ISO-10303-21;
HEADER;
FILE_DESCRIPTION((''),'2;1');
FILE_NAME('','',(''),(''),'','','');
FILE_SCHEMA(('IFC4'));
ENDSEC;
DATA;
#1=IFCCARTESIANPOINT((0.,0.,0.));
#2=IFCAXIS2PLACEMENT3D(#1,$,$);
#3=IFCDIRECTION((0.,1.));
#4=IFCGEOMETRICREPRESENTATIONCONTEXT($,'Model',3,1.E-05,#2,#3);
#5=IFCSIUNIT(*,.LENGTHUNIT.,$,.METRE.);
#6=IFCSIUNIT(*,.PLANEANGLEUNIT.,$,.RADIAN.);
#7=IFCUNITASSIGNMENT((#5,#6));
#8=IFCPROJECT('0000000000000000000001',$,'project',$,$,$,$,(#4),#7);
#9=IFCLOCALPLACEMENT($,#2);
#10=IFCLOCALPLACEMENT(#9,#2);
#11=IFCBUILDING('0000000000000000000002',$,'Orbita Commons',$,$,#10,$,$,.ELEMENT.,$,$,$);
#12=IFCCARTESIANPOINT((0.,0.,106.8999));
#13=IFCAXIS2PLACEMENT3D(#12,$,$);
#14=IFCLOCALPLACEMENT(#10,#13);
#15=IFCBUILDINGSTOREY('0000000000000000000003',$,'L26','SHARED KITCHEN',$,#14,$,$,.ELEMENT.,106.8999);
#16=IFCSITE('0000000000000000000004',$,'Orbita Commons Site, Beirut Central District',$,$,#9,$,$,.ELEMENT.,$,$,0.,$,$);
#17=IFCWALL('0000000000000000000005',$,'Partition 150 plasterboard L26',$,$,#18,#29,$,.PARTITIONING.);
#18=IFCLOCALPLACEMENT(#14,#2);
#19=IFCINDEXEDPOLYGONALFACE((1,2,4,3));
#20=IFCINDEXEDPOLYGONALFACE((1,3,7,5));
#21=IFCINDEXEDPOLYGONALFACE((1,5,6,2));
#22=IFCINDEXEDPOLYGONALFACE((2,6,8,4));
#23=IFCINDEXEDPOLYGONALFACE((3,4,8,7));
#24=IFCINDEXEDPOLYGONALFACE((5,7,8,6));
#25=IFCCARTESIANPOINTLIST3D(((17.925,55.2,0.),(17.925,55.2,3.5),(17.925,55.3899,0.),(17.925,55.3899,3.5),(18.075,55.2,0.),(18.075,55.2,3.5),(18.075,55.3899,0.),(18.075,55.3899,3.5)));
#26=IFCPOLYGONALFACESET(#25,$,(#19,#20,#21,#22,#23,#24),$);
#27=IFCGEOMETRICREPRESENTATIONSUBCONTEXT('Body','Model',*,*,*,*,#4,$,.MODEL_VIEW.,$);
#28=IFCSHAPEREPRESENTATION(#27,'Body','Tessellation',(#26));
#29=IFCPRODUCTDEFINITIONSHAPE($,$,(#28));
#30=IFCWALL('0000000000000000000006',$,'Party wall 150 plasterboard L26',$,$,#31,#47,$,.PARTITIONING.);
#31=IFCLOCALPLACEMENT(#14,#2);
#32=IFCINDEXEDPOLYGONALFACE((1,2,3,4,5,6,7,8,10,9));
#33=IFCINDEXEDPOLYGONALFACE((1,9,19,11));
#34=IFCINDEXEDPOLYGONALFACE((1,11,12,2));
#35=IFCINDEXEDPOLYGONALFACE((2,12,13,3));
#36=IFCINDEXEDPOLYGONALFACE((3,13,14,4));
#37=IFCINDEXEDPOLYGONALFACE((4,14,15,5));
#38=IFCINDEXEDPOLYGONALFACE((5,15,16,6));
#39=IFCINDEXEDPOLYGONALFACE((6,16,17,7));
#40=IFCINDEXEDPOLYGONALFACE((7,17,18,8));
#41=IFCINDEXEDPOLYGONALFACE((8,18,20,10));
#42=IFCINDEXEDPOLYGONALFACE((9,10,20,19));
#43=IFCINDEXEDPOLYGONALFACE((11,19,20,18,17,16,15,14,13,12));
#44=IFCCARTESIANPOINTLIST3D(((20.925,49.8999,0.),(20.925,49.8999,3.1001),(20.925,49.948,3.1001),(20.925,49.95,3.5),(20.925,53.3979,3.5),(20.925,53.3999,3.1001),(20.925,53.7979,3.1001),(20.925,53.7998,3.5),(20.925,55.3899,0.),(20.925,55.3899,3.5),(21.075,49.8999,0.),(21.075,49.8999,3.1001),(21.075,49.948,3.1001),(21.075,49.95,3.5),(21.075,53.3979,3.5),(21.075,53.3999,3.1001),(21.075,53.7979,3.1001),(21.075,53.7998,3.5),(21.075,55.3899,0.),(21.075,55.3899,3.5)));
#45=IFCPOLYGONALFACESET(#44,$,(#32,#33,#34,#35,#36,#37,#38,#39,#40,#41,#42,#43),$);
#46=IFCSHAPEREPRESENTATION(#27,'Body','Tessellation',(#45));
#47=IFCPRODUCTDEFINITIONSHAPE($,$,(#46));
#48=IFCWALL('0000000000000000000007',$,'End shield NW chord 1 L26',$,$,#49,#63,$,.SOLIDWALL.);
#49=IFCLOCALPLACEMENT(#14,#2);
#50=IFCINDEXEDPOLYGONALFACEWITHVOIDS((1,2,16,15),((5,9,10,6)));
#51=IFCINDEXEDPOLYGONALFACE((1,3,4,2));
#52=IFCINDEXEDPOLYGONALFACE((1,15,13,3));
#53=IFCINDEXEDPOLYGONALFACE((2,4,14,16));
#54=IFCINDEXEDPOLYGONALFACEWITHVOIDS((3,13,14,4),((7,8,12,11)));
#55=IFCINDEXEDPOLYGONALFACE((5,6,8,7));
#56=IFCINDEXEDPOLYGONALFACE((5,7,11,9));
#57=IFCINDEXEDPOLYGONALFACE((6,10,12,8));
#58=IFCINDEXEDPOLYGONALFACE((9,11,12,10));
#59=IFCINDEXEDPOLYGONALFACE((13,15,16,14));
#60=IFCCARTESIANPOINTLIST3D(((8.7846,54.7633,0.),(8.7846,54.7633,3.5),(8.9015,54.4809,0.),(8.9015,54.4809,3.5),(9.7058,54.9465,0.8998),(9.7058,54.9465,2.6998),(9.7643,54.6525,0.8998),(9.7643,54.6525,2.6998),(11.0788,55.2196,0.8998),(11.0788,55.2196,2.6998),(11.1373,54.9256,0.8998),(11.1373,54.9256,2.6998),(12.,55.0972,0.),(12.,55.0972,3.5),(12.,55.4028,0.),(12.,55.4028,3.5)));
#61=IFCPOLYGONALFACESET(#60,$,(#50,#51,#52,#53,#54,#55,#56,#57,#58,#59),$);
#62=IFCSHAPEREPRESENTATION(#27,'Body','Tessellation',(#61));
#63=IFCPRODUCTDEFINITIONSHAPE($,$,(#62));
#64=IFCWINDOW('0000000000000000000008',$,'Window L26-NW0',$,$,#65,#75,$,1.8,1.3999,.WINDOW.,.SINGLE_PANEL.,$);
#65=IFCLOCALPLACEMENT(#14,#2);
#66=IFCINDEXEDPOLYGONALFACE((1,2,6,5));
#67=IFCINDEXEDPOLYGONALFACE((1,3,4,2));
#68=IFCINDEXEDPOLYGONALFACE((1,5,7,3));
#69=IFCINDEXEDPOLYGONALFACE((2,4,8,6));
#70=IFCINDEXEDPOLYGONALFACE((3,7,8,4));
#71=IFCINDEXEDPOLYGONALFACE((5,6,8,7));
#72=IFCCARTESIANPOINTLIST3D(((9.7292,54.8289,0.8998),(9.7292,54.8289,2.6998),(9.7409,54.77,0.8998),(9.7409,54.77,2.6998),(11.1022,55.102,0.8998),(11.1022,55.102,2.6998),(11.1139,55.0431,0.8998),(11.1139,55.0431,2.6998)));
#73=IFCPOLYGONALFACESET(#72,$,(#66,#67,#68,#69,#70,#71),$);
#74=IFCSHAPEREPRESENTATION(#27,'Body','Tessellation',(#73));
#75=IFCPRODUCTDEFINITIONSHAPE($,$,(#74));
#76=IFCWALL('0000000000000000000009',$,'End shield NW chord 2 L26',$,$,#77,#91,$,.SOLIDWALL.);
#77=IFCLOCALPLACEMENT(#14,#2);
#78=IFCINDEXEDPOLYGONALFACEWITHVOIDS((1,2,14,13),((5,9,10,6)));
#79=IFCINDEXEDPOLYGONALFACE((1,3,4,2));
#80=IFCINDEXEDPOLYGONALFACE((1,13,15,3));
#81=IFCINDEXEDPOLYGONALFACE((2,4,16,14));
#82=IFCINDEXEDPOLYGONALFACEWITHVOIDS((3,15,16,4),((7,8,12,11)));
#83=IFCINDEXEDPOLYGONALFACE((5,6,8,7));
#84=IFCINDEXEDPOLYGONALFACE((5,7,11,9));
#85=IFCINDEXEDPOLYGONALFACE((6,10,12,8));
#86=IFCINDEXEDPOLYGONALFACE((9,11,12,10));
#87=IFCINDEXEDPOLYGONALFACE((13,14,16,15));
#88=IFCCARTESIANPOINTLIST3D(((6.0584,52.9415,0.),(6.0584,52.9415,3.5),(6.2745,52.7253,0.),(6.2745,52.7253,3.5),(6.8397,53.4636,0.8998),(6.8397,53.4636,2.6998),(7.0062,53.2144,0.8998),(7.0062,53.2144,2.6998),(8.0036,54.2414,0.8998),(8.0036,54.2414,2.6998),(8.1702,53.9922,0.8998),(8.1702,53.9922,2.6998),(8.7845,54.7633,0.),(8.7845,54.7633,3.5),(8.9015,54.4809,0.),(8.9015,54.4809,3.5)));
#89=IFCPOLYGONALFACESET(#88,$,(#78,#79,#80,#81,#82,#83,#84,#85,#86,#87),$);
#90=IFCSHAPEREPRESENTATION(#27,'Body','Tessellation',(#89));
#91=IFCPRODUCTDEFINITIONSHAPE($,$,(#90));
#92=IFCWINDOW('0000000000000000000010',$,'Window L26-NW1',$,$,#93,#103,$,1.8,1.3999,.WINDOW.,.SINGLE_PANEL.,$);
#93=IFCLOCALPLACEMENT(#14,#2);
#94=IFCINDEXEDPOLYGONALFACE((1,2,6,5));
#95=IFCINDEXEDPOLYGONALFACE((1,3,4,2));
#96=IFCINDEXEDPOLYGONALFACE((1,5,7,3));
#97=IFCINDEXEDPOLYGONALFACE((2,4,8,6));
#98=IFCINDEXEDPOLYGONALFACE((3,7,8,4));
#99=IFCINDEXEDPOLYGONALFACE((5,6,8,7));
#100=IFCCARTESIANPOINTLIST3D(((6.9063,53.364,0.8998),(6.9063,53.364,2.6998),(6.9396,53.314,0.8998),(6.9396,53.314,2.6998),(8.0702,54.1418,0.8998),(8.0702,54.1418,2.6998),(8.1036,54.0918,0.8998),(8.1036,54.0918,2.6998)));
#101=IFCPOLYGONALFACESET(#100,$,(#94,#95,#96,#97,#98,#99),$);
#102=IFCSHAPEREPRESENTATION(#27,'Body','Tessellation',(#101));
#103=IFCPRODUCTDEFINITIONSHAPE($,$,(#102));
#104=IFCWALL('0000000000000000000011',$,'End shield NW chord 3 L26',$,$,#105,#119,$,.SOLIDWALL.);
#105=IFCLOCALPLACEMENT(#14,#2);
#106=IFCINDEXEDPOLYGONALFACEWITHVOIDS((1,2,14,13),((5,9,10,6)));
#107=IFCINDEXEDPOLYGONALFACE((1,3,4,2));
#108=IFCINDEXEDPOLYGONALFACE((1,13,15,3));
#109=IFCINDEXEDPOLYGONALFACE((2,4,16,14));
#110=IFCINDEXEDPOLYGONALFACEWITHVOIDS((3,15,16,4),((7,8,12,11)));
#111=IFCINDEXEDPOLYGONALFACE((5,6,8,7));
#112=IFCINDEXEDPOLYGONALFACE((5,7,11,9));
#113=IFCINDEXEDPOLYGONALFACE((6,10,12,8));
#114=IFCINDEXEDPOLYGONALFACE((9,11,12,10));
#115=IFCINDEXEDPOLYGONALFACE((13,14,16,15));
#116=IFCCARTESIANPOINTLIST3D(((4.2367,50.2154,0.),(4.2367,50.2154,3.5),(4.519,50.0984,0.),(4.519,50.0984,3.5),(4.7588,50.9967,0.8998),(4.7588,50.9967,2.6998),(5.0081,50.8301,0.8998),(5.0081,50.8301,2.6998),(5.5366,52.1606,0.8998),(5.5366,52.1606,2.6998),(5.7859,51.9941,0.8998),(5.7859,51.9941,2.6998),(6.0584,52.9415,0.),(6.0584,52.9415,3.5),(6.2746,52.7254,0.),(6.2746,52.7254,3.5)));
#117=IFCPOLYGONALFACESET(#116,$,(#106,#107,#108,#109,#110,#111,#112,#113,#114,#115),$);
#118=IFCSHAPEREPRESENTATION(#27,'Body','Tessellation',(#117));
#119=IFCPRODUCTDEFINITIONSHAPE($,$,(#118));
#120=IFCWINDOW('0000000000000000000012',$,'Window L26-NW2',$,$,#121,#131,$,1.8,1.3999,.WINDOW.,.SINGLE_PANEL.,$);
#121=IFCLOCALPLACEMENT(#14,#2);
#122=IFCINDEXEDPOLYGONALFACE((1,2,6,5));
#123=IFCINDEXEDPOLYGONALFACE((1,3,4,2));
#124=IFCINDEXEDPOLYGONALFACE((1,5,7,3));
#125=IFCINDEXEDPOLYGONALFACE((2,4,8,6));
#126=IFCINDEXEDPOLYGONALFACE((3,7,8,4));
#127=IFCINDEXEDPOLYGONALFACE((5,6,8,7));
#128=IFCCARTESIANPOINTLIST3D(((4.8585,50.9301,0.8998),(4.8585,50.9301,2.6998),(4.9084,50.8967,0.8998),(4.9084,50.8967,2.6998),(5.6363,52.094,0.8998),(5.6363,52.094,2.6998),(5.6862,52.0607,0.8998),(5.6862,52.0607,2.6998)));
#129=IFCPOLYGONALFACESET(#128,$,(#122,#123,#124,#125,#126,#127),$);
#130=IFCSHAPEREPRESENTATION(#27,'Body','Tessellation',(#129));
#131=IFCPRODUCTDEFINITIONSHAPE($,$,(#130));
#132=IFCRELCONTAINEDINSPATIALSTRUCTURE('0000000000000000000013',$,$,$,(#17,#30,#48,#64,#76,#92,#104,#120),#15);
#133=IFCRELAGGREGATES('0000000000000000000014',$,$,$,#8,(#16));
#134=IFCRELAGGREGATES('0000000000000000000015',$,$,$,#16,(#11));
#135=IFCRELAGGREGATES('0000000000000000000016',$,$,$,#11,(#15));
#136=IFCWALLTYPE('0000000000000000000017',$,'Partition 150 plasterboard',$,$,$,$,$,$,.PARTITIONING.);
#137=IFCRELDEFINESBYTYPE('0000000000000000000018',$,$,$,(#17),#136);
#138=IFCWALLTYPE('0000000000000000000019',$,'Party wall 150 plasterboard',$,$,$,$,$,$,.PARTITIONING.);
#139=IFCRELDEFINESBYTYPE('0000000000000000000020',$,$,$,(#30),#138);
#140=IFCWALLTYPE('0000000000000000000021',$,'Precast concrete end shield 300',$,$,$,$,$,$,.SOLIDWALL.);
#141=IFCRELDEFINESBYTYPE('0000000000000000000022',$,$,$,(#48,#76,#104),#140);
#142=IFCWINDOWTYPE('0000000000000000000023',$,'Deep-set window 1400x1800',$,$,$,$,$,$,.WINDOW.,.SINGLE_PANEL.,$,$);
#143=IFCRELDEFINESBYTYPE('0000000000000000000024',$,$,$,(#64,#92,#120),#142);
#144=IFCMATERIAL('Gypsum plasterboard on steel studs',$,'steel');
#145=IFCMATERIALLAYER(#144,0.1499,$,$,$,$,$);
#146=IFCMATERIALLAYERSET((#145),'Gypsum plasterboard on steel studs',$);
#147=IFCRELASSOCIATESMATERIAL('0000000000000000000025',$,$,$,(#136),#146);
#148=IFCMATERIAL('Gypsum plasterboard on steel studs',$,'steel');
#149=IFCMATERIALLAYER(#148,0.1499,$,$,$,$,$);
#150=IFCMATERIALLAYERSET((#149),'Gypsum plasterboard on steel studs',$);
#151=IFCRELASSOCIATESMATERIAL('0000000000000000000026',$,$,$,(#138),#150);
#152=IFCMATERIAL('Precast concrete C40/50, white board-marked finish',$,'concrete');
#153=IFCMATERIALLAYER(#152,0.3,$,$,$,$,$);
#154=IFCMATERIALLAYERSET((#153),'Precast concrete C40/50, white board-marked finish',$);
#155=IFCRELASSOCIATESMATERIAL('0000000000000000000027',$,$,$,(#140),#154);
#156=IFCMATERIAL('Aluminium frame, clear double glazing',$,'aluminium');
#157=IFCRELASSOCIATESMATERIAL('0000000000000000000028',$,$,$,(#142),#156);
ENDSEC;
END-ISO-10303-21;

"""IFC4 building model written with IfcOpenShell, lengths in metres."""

from ifc_helpers import new_model, si_unit, direction, frame, frame_2d, origin, place, context, subcontext, project, spatial, polyline, rectangle, outline, extrude, material, layer, layer_set, type_object, element, fill, save


model = new_model("IFC4")

# Units and contexts
model_context = context("Model", 3, precision=1e-05, world=origin(), true_north=direction((0.0, 1.0)))
body_context = subcontext(model_context, "Body", "Model", "MODEL_VIEW")
ifc_project = project(units=[si_unit("LENGTHUNIT", "METRE"), si_unit("PLANEANGLEUNIT", "RADIAN")], contexts=[model_context])

# Site, building, storey
site_placement = place(None, origin())
site = spatial("IfcSite", under=ifc_project, at=site_placement, Name="Orbita Commons Site, Beirut Central District", CompositionType="ELEMENT", RefElevation=0.0)
building_placement = place(site_placement, origin())
building = spatial("IfcBuilding", under=site, at=building_placement, Name="Orbita Commons", CompositionType="ELEMENT")
storey_placement = place(building_placement, frame((0.0, 0.0, 106.8999)))
storey = spatial("IfcBuildingStorey", under=building, at=storey_placement, Name="L26", Description="SHARED KITCHEN", CompositionType="ELEMENT", Elevation=106.8999)

# Walls
ifc_material_1 = material(Name="Gypsum plasterboard on steel studs", Category="steel")
ifc_layer_1 = layer(ifc_material_1, 0.1499)
ifc_layer_set_1 = layer_set([ifc_layer_1], Name="Gypsum plasterboard on steel studs")
wall_type_1 = type_object("IfcWallType", Name="Partition 150 plasterboard", PredefinedType="PARTITIONING", material=ifc_layer_set_1)
wall_1_placement = place(storey_placement, frame((18.0, 55.2, 0.0), z_axis=(0.0, 0.0, 1.0), x_axis=(0.0, 1.0, 0.0)))
element("IfcWall", 1, at=wall_1_placement, inside=storey, type_object=wall_type_1, Name="Partition 150 plasterboard L26", PredefinedType="PARTITIONING", context=body_context, shape_type="SweptSolid", body=[
    extrude(rectangle(XDim=0.1899, YDim=0.1499, at=frame_2d((0.095, 0.0))), origin(), (0.0, 0.0, 1.0), 3.5),
])
ifc_material_2 = material(Name="Gypsum plasterboard on steel studs", Category="steel")
ifc_layer_2 = layer(ifc_material_2, 0.1499)
ifc_layer_set_2 = layer_set([ifc_layer_2], Name="Gypsum plasterboard on steel studs")
wall_type_2 = type_object("IfcWallType", Name="Party wall 150 plasterboard", PredefinedType="PARTITIONING", material=ifc_layer_set_2)
wall_2_placement = place(storey_placement, frame((21.0, 55.3899, 0.0), z_axis=(0.0, 0.0, 1.0), x_axis=(0.0, -1.0, 0.0)))
element("IfcWall", 2, at=wall_2_placement, inside=storey, type_object=wall_type_2, Name="Party wall 150 plasterboard L26", PredefinedType="PARTITIONING", context=body_context, shape_type="SweptSolid", body=[
    extrude(outline(polyline([(0.0, 0.0), (5.49, 0.0), (5.49, 3.1001), (5.4419, 3.1001), (5.4399, 3.5), (1.9919, 3.5), (1.99, 3.1001), (1.592, 3.1001), (1.5901, 3.5), (0.0, 3.5), (0.0, 0.0)])), frame((0.0, 0.075, 0.0), z_axis=(0.0, -1.0, 0.0), x_axis=(1.0, 0.0, 0.0)), (0.0, 0.0, 1.0), 0.1499),
])

# Walls, openings, windows
ifc_material_3 = material(Name="Precast concrete C40/50, white board-marked finish", Category="concrete")
ifc_layer_3 = layer(ifc_material_3, 0.3)
ifc_layer_set_3 = layer_set([ifc_layer_3], Name="Precast concrete C40/50, white board-marked finish")
wall_type_3 = type_object("IfcWallType", Name="Precast concrete end shield 300", PredefinedType="SOLIDWALL", material=ifc_layer_set_3)
wall_3_placement = place(storey_placement, frame((12.0, 55.25, 0.0), z_axis=(0.0, 0.0, 1.0), x_axis=(-0.980787, -0.19508, 0.0)))
wall_3 = element("IfcWall", 3, at=wall_3_placement, inside=storey, type_object=wall_type_3, Name="End shield NW chord 1 L26", PredefinedType="SOLIDWALL", context=body_context, shape_type="SweptSolid", body=[
    extrude(outline(polyline([(-0.0298, -0.1499), (3.2485, -0.1499), (3.189, 0.1499), (0.0298, 0.1499), (-0.0298, -0.1499)])), origin(), (0.0, 0.0, 1.0), 3.5),
])
opening_1_placement = place(wall_3_placement, frame((0.9094, 0.0, 0.8999)))
opening_1 = element("IfcOpeningElement", 4, at=opening_1_placement, cuts=wall_3, PredefinedType="OPENING", context=body_context, shape_type="SweptSolid", body=[
    extrude(rectangle(XDim=1.3999, YDim=1.8, at=frame_2d((0.7, 0.8999))), frame((0.0, 0.1599, 0.0), z_axis=(0.0, -1.0, 0.0), x_axis=(1.0, 0.0, 0.0)), (0.0, 0.0, 1.0), 0.3201),
])
ifc_material_4 = material(Name="Aluminium frame, clear double glazing", Category="aluminium")
window_type = type_object("IfcWindowType", Name="Deep-set window 1400x1800", PartitioningType="SINGLE_PANEL", PredefinedType="WINDOW", material=ifc_material_4)
window_1_placement = place(opening_1_placement, origin())
window_1 = element("IfcWindow", 5, at=window_1_placement, inside=storey, type_object=window_type, Name="Window L26-NW0", OverallHeight=1.8, OverallWidth=1.3999, PartitioningType="SINGLE_PANEL", PredefinedType="WINDOW", context=body_context, shape_type="SweptSolid", body=[
    extrude(rectangle(XDim=1.3999, YDim=1.8, at=frame_2d((0.7, 0.8999))), frame((0.0, 0.03, 0.0), z_axis=(0.0, -1.0, 0.0), x_axis=(1.0, 0.0, 0.0)), (0.0, 0.0, 1.0), 0.0601),
])
fill(opening_1, window_1)
wall_4_placement = place(storey_placement, frame((8.843, 54.6221, 0.0), z_axis=(0.0, 0.0, 1.0), x_axis=(-0.831443, -0.55561, 0.0)))
wall_4 = element("IfcWall", 6, at=wall_4_placement, inside=storey, type_object=wall_type_3, Name="End shield NW chord 2 L26", PredefinedType="SOLIDWALL", context=body_context, shape_type="SweptSolid", body=[
    extrude(outline(polyline([(-0.0298, -0.1499), (3.249, -0.1499), (3.1895, 0.1499), (0.0298, 0.1499), (-0.0298, -0.1499)])), origin(), (0.0, 0.0, 1.0), 3.5),
])
opening_2_placement = place(wall_4_placement, frame((0.9094, 0.0, 0.8999)))
opening_2 = element("IfcOpeningElement", 7, at=opening_2_placement, cuts=wall_4, PredefinedType="OPENING", context=body_context, shape_type="SweptSolid", body=[
    extrude(rectangle(XDim=1.3999, YDim=1.8, at=frame_2d((0.7, 0.8999))), frame((0.0, 0.1599, 0.0), z_axis=(0.0, -1.0, 0.0), x_axis=(1.0, 0.0, 0.0)), (0.0, 0.0, 1.0), 0.3201),
])
window_2_placement = place(opening_2_placement, origin())
window_2 = element("IfcWindow", 8, at=window_2_placement, inside=storey, type_object=window_type, Name="Window L26-NW1", OverallHeight=1.8, OverallWidth=1.3999, PartitioningType="SINGLE_PANEL", PredefinedType="WINDOW", context=body_context, shape_type="SweptSolid", body=[
    extrude(rectangle(XDim=1.3999, YDim=1.8, at=frame_2d((0.7, 0.8999))), frame((0.0, 0.03, 0.0), z_axis=(0.0, -1.0, 0.0), x_axis=(1.0, 0.0, 0.0)), (0.0, 0.0, 1.0), 0.0601),
])
fill(opening_2, window_2)
wall_5_placement = place(storey_placement, frame((6.1665, 52.8335, 0.0), z_axis=(0.0, 0.0, 1.0), x_axis=(-0.55561, -0.831443, 0.0)))
wall_5 = element("IfcWall", 9, at=wall_5_placement, inside=storey, type_object=wall_type_3, Name="End shield NW chord 3 L26", PredefinedType="SOLIDWALL", context=body_context, shape_type="SweptSolid", body=[
    extrude(outline(polyline([(-0.0298, -0.1499), (3.249, -0.1499), (3.1895, 0.1499), (0.0298, 0.1499), (-0.0298, -0.1499)])), origin(), (0.0, 0.0, 1.0), 3.5),
])
opening_3_placement = place(wall_5_placement, frame((0.9094, 0.0, 0.8999)))
opening_3 = element("IfcOpeningElement", 10, at=opening_3_placement, cuts=wall_5, PredefinedType="OPENING", context=body_context, shape_type="SweptSolid", body=[
    extrude(rectangle(XDim=1.3999, YDim=1.8, at=frame_2d((0.7, 0.8999))), frame((0.0, 0.1599, 0.0), z_axis=(0.0, -1.0, 0.0), x_axis=(1.0, 0.0, 0.0)), (0.0, 0.0, 1.0), 0.3201),
])
window_3_placement = place(opening_3_placement, origin())
window_3 = element("IfcWindow", 11, at=window_3_placement, inside=storey, type_object=window_type, Name="Window L26-NW2", OverallHeight=1.8, OverallWidth=1.3999, PartitioningType="SINGLE_PANEL", PredefinedType="WINDOW", context=body_context, shape_type="SweptSolid", body=[
    extrude(rectangle(XDim=1.3999, YDim=1.8, at=frame_2d((0.7, 0.8999))), frame((0.0, 0.03, 0.0), z_axis=(0.0, -1.0, 0.0), x_axis=(1.0, 0.0, 0.0)), (0.0, 0.0, 1.0), 0.0601),
])
fill(opening_3, window_3)

save(model, "model.ifc")
